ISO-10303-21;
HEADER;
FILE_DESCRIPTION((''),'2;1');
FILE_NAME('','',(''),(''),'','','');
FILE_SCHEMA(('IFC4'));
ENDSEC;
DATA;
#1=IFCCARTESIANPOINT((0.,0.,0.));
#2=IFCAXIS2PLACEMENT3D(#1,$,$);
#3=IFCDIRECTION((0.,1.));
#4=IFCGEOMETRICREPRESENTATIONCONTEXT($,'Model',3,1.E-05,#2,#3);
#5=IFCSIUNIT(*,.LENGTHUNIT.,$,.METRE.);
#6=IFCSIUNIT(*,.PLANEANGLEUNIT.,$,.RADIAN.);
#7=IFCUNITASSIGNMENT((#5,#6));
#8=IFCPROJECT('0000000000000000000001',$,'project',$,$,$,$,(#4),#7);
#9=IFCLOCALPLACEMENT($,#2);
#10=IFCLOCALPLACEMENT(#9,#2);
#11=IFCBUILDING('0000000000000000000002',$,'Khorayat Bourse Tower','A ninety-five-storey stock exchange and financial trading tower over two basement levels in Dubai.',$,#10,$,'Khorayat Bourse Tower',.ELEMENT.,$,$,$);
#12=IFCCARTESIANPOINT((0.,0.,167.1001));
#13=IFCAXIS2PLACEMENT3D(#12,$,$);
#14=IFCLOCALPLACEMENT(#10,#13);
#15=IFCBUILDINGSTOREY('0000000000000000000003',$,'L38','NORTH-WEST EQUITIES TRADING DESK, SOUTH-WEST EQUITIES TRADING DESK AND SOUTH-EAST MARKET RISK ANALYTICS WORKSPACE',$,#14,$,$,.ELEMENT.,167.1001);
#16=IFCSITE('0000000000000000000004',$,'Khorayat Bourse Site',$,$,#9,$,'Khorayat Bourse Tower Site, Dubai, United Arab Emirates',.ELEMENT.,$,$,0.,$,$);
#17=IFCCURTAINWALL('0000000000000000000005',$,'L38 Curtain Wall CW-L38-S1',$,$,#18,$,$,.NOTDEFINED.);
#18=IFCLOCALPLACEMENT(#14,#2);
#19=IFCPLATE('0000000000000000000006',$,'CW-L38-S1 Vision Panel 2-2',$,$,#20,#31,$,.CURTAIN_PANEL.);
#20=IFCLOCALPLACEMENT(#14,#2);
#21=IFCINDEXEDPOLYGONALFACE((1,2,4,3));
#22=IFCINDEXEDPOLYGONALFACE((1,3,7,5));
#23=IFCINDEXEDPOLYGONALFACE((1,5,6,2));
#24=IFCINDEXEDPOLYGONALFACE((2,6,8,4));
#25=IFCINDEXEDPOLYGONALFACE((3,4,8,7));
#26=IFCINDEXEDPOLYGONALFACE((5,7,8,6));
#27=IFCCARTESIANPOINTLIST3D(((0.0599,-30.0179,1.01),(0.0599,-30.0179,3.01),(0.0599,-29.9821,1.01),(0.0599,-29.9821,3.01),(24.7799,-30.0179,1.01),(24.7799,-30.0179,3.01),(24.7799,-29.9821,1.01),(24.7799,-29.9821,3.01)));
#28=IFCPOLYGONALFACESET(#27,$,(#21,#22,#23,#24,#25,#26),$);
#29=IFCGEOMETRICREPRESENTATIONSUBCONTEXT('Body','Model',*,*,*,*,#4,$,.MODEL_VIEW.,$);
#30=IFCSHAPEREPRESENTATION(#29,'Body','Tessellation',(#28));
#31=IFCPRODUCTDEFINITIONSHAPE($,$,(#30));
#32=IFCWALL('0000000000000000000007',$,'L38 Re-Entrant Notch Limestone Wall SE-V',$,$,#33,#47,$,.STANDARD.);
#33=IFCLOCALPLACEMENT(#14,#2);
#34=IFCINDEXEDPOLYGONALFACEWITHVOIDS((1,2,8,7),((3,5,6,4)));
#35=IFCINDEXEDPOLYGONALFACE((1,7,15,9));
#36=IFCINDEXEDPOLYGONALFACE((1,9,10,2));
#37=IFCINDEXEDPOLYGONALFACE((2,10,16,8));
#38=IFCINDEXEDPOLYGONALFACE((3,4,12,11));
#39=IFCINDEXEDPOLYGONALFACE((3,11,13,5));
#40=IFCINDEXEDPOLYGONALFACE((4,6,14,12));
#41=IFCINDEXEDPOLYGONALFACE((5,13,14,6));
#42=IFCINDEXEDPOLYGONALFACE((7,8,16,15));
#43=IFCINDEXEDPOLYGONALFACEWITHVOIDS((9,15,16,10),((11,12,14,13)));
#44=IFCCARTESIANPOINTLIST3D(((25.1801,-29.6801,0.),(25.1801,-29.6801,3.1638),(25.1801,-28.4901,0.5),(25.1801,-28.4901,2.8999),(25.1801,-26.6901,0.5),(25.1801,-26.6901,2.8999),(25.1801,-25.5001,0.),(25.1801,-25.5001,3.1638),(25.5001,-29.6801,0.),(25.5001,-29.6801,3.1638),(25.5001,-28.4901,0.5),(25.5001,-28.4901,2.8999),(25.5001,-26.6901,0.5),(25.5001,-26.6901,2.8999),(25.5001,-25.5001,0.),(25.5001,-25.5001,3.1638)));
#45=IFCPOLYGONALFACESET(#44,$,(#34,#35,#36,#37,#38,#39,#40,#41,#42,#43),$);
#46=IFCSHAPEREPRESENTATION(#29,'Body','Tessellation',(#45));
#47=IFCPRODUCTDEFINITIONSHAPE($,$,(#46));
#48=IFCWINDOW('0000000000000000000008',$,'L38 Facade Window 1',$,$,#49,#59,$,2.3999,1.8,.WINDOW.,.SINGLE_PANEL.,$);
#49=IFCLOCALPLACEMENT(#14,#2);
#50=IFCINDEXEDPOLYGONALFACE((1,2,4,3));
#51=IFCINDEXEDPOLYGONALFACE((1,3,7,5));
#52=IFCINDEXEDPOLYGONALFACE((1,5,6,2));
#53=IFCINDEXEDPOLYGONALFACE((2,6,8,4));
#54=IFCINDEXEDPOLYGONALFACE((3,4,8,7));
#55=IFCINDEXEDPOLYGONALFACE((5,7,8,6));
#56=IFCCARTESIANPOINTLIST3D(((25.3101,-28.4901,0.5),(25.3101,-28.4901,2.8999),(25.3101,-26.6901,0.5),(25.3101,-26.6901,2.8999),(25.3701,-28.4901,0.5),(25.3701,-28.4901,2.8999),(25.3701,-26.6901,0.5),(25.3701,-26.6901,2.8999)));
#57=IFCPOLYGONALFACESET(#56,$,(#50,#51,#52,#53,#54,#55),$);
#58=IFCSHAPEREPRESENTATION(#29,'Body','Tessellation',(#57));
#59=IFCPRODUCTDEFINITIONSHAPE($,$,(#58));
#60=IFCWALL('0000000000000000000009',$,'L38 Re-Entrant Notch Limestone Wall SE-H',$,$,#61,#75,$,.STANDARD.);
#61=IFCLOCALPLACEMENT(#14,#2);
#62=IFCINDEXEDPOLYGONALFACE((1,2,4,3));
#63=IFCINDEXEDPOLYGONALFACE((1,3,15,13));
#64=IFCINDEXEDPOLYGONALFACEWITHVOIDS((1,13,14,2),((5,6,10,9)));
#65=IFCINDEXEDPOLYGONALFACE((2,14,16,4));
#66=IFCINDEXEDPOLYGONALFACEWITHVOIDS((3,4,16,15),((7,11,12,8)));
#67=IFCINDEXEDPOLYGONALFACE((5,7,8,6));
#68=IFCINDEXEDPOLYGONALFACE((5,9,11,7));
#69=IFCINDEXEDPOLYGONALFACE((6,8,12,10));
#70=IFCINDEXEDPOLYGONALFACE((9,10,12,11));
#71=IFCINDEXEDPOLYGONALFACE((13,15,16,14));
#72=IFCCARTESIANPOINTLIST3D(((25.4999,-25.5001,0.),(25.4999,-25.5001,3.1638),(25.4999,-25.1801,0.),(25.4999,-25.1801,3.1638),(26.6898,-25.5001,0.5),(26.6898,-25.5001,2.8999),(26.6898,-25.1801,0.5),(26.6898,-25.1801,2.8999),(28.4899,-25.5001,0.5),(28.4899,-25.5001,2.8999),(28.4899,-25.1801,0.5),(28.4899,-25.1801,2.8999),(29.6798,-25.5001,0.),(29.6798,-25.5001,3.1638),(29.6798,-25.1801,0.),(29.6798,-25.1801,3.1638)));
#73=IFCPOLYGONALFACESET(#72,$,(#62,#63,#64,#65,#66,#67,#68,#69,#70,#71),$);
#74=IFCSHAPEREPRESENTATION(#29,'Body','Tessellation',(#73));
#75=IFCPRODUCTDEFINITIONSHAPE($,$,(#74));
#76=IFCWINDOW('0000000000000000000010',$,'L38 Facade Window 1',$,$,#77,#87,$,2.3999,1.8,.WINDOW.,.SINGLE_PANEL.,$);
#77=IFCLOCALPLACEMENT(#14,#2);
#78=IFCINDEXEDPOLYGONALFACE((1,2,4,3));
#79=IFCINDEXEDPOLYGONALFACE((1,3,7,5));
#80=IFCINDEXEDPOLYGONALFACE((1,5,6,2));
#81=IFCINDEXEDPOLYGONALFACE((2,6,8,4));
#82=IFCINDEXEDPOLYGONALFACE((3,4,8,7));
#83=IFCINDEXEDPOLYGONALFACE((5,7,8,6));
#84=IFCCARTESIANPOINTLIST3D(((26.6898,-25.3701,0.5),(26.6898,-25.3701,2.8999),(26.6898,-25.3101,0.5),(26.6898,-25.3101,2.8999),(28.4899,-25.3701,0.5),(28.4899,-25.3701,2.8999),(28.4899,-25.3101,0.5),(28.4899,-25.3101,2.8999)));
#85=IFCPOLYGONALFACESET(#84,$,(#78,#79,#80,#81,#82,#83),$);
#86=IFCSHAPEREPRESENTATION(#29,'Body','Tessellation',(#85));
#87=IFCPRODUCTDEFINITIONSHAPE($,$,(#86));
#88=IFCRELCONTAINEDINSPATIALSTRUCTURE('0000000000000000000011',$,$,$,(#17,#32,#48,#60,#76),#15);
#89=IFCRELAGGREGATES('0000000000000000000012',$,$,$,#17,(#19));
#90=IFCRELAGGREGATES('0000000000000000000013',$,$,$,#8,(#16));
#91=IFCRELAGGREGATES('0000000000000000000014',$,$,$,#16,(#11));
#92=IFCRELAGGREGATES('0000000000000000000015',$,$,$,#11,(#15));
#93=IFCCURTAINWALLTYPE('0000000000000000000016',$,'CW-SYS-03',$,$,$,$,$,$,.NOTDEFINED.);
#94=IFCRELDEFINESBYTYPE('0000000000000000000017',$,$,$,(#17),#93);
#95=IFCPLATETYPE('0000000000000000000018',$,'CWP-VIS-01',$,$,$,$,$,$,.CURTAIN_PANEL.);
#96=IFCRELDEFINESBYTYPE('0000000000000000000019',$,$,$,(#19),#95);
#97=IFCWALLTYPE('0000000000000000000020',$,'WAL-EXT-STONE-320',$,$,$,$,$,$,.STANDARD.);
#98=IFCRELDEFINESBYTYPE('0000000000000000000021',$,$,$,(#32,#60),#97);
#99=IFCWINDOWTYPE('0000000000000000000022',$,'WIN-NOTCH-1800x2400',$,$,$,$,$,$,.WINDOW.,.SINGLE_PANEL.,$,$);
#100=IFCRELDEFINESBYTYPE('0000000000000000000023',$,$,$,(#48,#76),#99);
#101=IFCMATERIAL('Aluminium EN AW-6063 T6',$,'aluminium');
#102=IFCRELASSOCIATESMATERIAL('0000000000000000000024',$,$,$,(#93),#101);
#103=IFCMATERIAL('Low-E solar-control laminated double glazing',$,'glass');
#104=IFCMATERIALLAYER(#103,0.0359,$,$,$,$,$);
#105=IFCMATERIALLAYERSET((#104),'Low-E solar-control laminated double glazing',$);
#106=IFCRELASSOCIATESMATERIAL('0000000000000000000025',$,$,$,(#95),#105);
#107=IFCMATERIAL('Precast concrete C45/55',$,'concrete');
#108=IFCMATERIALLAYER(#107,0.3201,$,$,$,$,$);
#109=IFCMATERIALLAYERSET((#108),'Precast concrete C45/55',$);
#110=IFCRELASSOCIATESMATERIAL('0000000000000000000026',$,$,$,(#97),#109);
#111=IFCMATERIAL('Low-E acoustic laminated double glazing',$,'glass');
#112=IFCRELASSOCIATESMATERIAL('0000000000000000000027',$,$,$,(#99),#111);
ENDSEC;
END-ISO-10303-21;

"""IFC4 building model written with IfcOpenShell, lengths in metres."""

from ifc_helpers import new_model, si_unit, direction, frame, frame_2d, origin, origin_2d, place, context, subcontext, project, spatial, rectangle, extrude, source, transform, mapped, material, layer, layer_set, type_object, element, fill, aggregate, save


model = new_model("IFC4")

# Units and contexts
model_context = context("Model", 3, precision=1e-05, world=origin(), true_north=direction((0.0, 1.0)))
body_context = subcontext(model_context, "Body", "Model", "MODEL_VIEW")
ifc_project = project(units=[si_unit("LENGTHUNIT", "METRE"), si_unit("PLANEANGLEUNIT", "RADIAN")], contexts=[model_context])

# Site, building, storey
site_placement = place(None, origin())
site = spatial("IfcSite", under=ifc_project, at=site_placement, Name="Khorayat Bourse Site", LongName="Khorayat Bourse Tower Site, Dubai, United Arab Emirates", CompositionType="ELEMENT", RefElevation=0.0)
building_placement = place(site_placement, origin())
building = spatial("IfcBuilding", under=site, at=building_placement, Name="Khorayat Bourse Tower", Description="A ninety-five-storey stock exchange and financial trading tower over two basement levels in Dubai.", LongName="Khorayat Bourse Tower", CompositionType="ELEMENT")
storey_placement = place(building_placement, frame((0.0, 0.0, 167.1001)))
storey = spatial("IfcBuildingStorey", under=building, at=storey_placement, Name="L38", Description="NORTH-WEST EQUITIES TRADING DESK, SOUTH-WEST EQUITIES TRADING DESK AND SOUTH-EAST MARKET RISK ANALYTICS WORKSPACE", CompositionType="ELEMENT", Elevation=167.1001)

# Curtain wall
ifc_material_1 = material(Name="Aluminium EN AW-6063 T6", Category="aluminium")
curtain_wall_type = type_object("IfcCurtainWallType", Name="CW-SYS-03", PredefinedType="NOTDEFINED", material=ifc_material_1)
curtain_wall_1_placement = place(storey_placement, origin())
curtain_wall_1 = element("IfcCurtainWall", 1, at=curtain_wall_1_placement, inside=storey, type_object=curtain_wall_type, Name="L38 Curtain Wall CW-L38-S1", PredefinedType="NOTDEFINED")

# Plate
ifc_material_2 = material(Name="Low-E solar-control laminated double glazing", Category="glass")
ifc_layer_1 = layer(ifc_material_2, 0.0359)
ifc_layer_set_1 = layer_set([ifc_layer_1], Name="Low-E solar-control laminated double glazing")
plate_type_1 = type_object("IfcPlateType", Name="CWP-VIS-01", PredefinedType="CURTAIN_PANEL", material=ifc_layer_set_1)
shared_shape_1 = source(origin(), body_context, "Body", "SweptSolid", [
    extrude(rectangle(XDim=24.72, YDim=0.0359, at=origin_2d()), origin(), (0.0, 0.0, 1.0), 2.0),
])
plate_1_placement = place(storey_placement, frame((12.4199, -30.0, 1.01), z_axis=(0.0, 0.0, 1.0), x_axis=(1.0, 0.0, 0.0)))
plate_1 = element("IfcPlate", 2, at=plate_1_placement, type_object=plate_type_1, Name="CW-L38-S1 Vision Panel 2-2", PredefinedType="CURTAIN_PANEL", context=body_context, shape_type="MappedRepresentation", body=[
    mapped(shared_shape_1, transform((0.0, 0.0, 0.0), scale=1.0)),
])
aggregate(curtain_wall_1, [plate_1])

# Walls, openings, windows
ifc_material_3 = material(Name="Precast concrete C45/55", Category="concrete")
ifc_layer_2 = layer(ifc_material_3, 0.3201)
ifc_layer_set_2 = layer_set([ifc_layer_2], Name="Precast concrete C45/55")
wall_type = type_object("IfcWallType", Name="WAL-EXT-STONE-320", PredefinedType="STANDARD", material=ifc_layer_set_2)
shared_shape_2 = source(origin(), body_context, "Body", "SweptSolid", [
    extrude(rectangle(XDim=4.1799, YDim=0.3201, at=frame_2d((2.0898, 0.0))), origin(), (0.0, 0.0, 1.0), 3.1638),
])
wall_1_placement = place(storey_placement, frame((25.3401, -29.6799, 0.0), z_axis=(0.0, 0.0, 1.0), x_axis=(0.0, 1.0, 0.0)))
wall_1 = element("IfcWall", 3, at=wall_1_placement, inside=storey, type_object=wall_type, Name="L38 Re-Entrant Notch Limestone Wall SE-V", PredefinedType="STANDARD", context=body_context, shape_type="MappedRepresentation", body=[
    mapped(shared_shape_2, transform((0.0, 0.0, 0.0), scale=1.0)),
])
shared_shape_3 = source(origin(), body_context, "Body", "SweptSolid", [
    extrude(rectangle(XDim=1.8, YDim=2.3999, at=frame_2d((0.8999, 1.2))), frame((0.0, 0.1699, 0.0), z_axis=(0.0, -1.0, 0.0), x_axis=(1.0, 0.0, 0.0)), (0.0, 0.0, 1.0), 0.3401),
])
opening_1_placement = place(wall_1_placement, frame((1.1899, 0.0, 0.5)))
opening_1 = element("IfcOpeningElement", 4, at=opening_1_placement, cuts=wall_1, PredefinedType="OPENING", context=body_context, shape_type="MappedRepresentation", body=[
    mapped(shared_shape_3, transform((0.0, 0.0, 0.0), scale=1.0)),
])
ifc_material_4 = material(Name="Low-E acoustic laminated double glazing", Category="glass")
window_type = type_object("IfcWindowType", Name="WIN-NOTCH-1800x2400", PartitioningType="SINGLE_PANEL", PredefinedType="WINDOW", material=ifc_material_4)
shared_shape_4 = source(origin(), body_context, "Body", "SweptSolid", [
    extrude(rectangle(XDim=1.8, YDim=2.3999, at=frame_2d((0.8999, 1.2))), frame((0.0, 0.03, 0.0), z_axis=(0.0, -1.0, 0.0), x_axis=(1.0, 0.0, 0.0)), (0.0, 0.0, 1.0), 0.0601),
])
window_1_placement = place(opening_1_placement, origin())
window_1 = element("IfcWindow", 5, at=window_1_placement, inside=storey, type_object=window_type, Name="L38 Facade Window 1", OverallHeight=2.3999, OverallWidth=1.8, PartitioningType="SINGLE_PANEL", PredefinedType="WINDOW", context=body_context, shape_type="MappedRepresentation", body=[
    mapped(shared_shape_4, transform((0.0, 0.0, 0.0), scale=1.0)),
])
fill(opening_1, window_1)
wall_2_placement = place(storey_placement, frame((25.5, -25.3401, 0.0), z_axis=(0.0, 0.0, 1.0), x_axis=(1.0, 0.0, 0.0)))
wall_2 = element("IfcWall", 6, at=wall_2_placement, inside=storey, type_object=wall_type, Name="L38 Re-Entrant Notch Limestone Wall SE-H", PredefinedType="STANDARD", context=body_context, shape_type="MappedRepresentation", body=[
    mapped(shared_shape_2, transform((0.0, 0.0, 0.0), scale=1.0)),
])
opening_2_placement = place(wall_2_placement, frame((1.1899, 0.0, 0.5)))
opening_2 = element("IfcOpeningElement", 7, at=opening_2_placement, cuts=wall_2, PredefinedType="OPENING", context=body_context, shape_type="MappedRepresentation", body=[
    mapped(shared_shape_3, transform((0.0, 0.0, 0.0), scale=1.0)),
])
window_2_placement = place(opening_2_placement, origin())
window_2 = element("IfcWindow", 8, at=window_2_placement, inside=storey, type_object=window_type, Name="L38 Facade Window 1", OverallHeight=2.3999, OverallWidth=1.8, PartitioningType="SINGLE_PANEL", PredefinedType="WINDOW", context=body_context, shape_type="MappedRepresentation", body=[
    mapped(shared_shape_4, transform((0.0, 0.0, 0.0), scale=1.0)),
])
fill(opening_2, window_2)

save(model, "model.ifc")
